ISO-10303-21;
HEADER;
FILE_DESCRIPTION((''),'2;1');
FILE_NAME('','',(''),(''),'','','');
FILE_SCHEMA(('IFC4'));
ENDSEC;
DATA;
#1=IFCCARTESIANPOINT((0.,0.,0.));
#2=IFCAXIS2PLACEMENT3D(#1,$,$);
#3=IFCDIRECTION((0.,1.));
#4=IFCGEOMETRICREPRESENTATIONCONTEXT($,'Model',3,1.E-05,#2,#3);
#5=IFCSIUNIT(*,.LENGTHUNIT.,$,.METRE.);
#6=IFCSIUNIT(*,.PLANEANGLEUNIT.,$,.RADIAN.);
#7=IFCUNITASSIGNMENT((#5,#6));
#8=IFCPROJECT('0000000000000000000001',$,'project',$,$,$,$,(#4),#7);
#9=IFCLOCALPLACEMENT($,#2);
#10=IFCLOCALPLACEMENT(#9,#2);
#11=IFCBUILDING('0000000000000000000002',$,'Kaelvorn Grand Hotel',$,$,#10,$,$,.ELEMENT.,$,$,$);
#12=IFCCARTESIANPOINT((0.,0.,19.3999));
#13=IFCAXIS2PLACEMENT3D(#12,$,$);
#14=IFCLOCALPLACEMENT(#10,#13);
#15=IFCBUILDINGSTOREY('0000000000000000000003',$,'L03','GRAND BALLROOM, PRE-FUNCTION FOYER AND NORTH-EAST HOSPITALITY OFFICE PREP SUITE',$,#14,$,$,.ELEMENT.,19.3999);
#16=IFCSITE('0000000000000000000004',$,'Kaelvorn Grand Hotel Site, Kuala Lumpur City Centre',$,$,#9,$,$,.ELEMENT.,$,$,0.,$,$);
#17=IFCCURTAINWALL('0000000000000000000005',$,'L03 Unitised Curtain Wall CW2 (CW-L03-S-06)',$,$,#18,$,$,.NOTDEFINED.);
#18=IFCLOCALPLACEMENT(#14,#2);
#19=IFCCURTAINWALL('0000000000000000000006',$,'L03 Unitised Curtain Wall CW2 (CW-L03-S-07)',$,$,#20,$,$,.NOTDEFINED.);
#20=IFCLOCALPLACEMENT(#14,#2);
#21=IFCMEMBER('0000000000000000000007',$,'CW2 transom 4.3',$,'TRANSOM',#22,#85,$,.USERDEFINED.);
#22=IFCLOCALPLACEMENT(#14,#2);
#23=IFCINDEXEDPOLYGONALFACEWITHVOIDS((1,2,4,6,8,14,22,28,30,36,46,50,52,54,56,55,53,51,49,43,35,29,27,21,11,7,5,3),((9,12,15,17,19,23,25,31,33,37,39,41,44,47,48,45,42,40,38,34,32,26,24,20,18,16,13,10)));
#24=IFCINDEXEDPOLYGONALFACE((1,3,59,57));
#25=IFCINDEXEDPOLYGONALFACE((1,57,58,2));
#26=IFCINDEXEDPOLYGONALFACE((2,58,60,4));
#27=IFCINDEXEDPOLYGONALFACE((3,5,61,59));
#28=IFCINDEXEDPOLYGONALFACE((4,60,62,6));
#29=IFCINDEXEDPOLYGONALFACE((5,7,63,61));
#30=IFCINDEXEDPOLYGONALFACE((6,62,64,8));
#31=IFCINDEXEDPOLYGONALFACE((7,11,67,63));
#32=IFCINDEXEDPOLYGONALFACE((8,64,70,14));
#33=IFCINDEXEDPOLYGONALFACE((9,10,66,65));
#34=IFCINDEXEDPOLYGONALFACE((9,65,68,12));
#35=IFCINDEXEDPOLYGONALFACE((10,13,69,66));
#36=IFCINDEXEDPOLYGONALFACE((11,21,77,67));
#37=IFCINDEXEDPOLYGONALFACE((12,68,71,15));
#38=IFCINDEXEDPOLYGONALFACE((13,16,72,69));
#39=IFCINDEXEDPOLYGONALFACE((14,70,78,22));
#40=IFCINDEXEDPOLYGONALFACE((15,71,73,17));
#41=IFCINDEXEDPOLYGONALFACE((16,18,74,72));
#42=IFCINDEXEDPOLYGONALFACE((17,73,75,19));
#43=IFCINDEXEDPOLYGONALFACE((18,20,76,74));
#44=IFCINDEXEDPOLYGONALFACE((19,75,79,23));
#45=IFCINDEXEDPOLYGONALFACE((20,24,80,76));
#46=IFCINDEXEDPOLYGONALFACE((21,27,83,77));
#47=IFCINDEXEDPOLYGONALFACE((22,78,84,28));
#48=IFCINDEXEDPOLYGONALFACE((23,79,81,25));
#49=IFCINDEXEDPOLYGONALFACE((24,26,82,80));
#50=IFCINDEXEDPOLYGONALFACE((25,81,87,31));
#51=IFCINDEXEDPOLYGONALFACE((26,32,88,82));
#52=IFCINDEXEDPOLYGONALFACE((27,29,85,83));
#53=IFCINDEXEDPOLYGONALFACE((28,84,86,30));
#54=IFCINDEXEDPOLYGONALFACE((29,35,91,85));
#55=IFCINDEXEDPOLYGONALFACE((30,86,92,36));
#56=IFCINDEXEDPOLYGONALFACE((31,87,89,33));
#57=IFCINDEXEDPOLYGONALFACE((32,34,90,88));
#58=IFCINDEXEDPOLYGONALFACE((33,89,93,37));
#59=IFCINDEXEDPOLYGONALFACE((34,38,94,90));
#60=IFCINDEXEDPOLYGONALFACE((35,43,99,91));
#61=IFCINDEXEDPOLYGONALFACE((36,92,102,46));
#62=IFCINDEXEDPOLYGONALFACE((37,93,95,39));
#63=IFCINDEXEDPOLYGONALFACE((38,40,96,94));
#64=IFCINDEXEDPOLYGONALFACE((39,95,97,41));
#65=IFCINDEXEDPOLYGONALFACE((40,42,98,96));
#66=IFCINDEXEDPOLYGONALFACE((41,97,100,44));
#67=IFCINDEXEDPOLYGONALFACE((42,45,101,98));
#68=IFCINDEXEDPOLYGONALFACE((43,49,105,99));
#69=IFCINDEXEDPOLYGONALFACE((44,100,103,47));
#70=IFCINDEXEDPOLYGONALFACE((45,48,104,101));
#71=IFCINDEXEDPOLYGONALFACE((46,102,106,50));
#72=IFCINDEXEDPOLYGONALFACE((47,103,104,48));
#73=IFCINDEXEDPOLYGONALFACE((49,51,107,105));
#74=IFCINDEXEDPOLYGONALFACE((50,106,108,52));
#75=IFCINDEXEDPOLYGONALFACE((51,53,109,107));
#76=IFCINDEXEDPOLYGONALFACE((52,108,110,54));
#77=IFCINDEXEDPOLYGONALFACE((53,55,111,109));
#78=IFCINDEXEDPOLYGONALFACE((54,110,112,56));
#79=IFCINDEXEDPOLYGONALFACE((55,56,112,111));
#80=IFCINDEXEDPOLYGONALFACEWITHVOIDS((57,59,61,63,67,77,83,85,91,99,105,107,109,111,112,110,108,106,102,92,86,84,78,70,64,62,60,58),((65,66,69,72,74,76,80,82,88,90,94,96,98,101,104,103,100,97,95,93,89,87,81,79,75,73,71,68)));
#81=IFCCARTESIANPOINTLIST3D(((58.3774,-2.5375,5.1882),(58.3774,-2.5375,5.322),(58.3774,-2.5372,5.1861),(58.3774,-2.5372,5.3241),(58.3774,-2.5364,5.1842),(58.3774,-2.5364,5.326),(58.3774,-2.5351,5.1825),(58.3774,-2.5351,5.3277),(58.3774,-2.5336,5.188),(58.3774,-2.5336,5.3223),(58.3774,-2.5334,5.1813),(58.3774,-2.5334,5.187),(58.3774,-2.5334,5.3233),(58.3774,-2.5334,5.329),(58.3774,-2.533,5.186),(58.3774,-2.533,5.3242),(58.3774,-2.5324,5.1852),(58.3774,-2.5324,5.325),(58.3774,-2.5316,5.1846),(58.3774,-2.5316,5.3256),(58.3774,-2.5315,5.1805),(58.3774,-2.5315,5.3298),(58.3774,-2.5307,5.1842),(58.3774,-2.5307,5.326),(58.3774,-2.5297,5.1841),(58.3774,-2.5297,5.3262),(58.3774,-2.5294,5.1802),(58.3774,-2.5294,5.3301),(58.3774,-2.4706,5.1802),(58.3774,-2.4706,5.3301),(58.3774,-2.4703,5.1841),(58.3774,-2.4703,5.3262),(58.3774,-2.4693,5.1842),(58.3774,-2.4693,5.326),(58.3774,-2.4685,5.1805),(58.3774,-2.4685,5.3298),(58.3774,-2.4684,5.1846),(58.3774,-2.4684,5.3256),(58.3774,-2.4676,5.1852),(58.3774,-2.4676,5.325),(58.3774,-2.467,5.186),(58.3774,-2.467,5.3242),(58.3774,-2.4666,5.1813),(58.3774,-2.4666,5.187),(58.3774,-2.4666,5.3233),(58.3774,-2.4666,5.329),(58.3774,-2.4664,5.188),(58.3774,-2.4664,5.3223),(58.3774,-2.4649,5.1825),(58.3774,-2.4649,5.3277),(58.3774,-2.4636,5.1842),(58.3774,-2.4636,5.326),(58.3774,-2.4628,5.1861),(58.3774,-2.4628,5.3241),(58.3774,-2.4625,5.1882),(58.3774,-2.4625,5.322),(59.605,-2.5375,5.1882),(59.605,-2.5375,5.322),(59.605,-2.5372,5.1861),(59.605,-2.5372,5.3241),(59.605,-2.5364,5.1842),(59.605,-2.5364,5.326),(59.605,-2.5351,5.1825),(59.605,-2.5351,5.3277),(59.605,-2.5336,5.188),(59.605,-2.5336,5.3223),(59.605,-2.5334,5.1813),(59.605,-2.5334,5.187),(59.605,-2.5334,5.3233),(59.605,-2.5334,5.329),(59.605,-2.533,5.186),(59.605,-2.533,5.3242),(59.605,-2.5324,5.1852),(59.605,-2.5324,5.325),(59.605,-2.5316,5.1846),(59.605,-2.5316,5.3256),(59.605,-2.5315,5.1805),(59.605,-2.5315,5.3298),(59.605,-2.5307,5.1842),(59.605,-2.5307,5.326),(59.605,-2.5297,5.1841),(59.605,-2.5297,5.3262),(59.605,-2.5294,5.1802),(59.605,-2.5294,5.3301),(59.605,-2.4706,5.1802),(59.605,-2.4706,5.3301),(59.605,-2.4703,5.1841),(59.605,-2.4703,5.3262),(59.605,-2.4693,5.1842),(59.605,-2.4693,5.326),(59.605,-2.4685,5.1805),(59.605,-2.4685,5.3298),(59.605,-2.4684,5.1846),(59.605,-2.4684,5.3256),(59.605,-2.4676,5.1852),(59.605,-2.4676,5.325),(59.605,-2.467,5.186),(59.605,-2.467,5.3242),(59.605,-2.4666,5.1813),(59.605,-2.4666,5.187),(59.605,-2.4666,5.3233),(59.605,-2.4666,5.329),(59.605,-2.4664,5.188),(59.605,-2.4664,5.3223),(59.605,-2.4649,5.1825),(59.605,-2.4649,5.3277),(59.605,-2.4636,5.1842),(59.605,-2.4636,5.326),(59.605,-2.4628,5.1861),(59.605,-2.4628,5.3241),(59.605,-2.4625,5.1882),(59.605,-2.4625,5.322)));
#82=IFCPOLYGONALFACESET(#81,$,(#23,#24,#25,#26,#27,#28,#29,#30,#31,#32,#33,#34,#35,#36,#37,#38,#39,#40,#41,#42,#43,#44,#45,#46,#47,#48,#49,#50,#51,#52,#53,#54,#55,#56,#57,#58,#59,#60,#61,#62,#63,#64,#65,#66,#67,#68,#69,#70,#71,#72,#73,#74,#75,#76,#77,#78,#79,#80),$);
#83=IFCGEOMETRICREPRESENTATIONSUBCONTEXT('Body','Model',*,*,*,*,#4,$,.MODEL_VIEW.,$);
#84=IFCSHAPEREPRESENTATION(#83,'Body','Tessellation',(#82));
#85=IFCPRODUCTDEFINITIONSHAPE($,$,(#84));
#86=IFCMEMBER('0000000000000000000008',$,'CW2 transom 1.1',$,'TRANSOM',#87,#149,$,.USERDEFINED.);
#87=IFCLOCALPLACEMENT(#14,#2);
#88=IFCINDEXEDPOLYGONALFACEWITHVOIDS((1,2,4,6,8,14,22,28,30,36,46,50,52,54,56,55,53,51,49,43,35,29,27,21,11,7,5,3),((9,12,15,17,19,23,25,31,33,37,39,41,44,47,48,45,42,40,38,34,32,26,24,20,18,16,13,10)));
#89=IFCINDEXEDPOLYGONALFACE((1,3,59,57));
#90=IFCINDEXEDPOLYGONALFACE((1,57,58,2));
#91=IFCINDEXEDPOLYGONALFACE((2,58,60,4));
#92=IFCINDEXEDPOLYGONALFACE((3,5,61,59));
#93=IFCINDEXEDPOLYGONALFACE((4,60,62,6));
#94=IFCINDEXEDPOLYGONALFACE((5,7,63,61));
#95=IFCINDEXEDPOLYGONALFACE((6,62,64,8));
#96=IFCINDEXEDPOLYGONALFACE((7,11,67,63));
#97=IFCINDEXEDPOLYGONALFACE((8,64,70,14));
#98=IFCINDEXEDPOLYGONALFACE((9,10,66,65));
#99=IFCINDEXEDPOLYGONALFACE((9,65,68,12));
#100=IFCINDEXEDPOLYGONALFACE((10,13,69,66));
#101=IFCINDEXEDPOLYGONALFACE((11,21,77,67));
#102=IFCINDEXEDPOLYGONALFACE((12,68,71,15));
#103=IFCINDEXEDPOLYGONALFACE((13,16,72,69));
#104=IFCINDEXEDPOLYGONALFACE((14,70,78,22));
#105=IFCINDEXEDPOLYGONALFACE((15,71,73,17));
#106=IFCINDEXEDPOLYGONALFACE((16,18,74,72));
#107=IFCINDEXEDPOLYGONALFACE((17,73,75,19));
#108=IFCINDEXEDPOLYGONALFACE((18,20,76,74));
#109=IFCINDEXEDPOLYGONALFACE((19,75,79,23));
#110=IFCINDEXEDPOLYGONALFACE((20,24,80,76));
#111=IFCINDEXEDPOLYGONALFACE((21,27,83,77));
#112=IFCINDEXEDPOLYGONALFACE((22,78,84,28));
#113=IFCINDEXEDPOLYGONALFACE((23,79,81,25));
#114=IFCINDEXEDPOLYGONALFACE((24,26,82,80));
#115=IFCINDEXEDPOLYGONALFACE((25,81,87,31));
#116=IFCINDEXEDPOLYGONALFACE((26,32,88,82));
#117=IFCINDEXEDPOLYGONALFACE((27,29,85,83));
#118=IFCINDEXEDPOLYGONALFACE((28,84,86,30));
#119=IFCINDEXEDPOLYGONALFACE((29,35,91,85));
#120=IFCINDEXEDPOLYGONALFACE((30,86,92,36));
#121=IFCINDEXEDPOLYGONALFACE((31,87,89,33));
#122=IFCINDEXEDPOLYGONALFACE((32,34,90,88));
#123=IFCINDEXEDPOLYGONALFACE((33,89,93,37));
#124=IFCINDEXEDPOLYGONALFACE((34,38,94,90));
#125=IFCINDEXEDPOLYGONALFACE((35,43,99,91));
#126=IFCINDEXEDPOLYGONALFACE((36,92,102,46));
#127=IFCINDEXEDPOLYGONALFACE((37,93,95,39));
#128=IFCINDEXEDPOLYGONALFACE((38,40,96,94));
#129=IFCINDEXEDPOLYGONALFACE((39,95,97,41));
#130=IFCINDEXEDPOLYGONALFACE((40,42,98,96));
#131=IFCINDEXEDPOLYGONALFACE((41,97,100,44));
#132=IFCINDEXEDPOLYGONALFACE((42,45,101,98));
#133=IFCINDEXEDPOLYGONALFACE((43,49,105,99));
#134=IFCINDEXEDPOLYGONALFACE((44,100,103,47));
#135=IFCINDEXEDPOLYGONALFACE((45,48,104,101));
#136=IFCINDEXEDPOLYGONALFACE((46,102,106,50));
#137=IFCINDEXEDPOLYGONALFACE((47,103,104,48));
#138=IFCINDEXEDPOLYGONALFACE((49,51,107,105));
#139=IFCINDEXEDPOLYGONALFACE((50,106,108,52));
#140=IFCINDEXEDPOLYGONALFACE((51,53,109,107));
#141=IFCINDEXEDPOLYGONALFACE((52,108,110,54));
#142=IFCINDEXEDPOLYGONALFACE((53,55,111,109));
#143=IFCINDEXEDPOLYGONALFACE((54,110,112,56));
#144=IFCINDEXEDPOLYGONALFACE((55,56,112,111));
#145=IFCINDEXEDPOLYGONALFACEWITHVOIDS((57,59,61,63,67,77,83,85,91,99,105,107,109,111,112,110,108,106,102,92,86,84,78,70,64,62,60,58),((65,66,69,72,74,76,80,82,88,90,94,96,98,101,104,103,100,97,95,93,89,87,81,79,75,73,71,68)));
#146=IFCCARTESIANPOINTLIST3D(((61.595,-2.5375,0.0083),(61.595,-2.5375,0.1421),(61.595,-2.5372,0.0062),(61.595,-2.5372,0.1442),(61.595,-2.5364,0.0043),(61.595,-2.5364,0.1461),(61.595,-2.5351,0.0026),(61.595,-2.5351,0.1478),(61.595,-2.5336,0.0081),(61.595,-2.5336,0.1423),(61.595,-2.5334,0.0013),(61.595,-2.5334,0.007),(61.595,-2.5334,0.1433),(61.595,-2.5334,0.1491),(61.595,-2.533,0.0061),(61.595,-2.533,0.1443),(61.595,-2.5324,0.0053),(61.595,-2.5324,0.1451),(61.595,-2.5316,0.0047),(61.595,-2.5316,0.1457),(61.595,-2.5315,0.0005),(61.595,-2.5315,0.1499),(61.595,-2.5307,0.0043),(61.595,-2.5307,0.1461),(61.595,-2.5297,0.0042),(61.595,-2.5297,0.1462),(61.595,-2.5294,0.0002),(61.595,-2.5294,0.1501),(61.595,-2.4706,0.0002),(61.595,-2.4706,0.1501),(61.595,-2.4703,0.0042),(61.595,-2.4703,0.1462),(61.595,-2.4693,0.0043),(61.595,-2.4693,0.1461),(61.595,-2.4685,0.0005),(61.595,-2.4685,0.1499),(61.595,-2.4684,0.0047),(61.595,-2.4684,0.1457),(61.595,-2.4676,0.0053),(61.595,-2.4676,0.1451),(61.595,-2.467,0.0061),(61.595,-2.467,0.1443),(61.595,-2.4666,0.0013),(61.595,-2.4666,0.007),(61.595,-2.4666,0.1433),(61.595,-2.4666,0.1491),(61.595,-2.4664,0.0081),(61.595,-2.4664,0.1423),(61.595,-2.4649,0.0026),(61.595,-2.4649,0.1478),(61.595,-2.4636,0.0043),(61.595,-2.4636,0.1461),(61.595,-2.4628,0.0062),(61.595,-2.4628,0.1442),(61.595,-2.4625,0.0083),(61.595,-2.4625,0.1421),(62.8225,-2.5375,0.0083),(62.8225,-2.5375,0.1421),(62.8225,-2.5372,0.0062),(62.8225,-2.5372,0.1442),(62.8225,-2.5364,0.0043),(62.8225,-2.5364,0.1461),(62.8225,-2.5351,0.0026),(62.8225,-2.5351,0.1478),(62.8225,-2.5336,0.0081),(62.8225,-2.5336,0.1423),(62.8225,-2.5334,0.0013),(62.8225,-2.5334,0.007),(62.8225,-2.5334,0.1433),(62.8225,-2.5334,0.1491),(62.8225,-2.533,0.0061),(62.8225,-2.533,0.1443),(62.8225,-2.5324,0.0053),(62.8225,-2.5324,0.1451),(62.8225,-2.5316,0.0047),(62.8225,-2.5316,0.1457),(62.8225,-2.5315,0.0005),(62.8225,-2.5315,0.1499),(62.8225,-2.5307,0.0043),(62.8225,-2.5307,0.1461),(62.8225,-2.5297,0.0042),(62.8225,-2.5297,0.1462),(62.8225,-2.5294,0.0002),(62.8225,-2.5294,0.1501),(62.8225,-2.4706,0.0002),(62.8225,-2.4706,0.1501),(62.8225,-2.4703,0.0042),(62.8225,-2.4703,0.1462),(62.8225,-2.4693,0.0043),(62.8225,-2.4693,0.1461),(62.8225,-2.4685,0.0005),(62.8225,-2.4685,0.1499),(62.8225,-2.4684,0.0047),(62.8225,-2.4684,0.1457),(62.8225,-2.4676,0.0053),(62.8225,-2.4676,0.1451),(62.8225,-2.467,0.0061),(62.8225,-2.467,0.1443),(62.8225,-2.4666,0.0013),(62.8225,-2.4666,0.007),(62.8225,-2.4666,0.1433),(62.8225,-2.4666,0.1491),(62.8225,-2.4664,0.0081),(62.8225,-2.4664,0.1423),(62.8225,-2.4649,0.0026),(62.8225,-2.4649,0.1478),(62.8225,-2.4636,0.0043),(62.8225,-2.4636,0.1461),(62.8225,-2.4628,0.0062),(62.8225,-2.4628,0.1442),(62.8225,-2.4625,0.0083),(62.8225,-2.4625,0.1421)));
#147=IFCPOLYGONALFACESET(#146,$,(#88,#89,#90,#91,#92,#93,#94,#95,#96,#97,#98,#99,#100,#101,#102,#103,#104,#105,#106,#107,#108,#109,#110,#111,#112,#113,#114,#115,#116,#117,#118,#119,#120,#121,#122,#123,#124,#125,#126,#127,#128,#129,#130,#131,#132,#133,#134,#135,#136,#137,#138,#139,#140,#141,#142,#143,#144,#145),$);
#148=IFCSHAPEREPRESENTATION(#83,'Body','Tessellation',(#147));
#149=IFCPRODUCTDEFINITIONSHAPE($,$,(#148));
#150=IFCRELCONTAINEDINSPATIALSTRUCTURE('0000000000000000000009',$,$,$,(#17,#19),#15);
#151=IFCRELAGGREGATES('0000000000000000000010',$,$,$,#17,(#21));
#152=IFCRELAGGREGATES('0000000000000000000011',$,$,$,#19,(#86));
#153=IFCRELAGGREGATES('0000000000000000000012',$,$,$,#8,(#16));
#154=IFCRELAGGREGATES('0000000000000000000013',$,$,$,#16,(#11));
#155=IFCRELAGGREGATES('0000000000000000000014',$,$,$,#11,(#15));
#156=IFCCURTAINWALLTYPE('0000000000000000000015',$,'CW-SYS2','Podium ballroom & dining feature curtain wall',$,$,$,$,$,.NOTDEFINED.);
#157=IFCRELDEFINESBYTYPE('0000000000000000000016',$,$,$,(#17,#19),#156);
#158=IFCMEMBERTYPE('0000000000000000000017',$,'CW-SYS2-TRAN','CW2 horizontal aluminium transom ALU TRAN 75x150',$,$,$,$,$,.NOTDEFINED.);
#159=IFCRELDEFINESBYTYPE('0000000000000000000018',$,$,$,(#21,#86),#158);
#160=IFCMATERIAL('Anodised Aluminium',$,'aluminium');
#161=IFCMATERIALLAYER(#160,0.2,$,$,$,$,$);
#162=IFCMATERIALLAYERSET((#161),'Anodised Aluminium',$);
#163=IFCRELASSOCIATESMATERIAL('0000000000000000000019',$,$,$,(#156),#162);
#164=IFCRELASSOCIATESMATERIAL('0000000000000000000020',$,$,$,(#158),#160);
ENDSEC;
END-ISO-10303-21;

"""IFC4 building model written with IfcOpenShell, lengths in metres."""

from ifc_helpers import new_model, si_unit, direction, frame, origin, origin_2d, place, context, subcontext, project, spatial, hollow_rectangle, extrude, material, layer, layer_set, material_profile, profile_set, type_object, element, aggregate, save


model = new_model("IFC4")

# Units and contexts
model_context = context("Model", 3, precision=1e-05, world=origin(), true_north=direction((0.0, 1.0)))
body_context = subcontext(model_context, "Body", "Model", "MODEL_VIEW")
ifc_project = project(units=[si_unit("LENGTHUNIT", "METRE"), si_unit("PLANEANGLEUNIT", "RADIAN")], contexts=[model_context])

# Site, building, storey
site_placement = place(None, origin())
site = spatial("IfcSite", under=ifc_project, at=site_placement, Name="Kaelvorn Grand Hotel Site, Kuala Lumpur City Centre", CompositionType="ELEMENT", RefElevation=0.0)
building_placement = place(site_placement, origin())
building = spatial("IfcBuilding", under=site, at=building_placement, Name="Kaelvorn Grand Hotel", CompositionType="ELEMENT")
storey_placement = place(building_placement, frame((0.0, 0.0, 19.3999)))
storey = spatial("IfcBuildingStorey", under=building, at=storey_placement, Name="L03", Description="GRAND BALLROOM, PRE-FUNCTION FOYER AND NORTH-EAST HOSPITALITY OFFICE PREP SUITE", CompositionType="ELEMENT", Elevation=19.3999)

# Curtain wall
ifc_material_1 = material(Name="Anodised Aluminium", Category="aluminium")
ifc_layer_1 = layer(ifc_material_1, 0.2)
ifc_layer_set_1 = layer_set([ifc_layer_1], Name="Anodised Aluminium")
curtain_wall_type = type_object("IfcCurtainWallType", Name="CW-SYS2", Description="Podium ballroom & dining feature curtain wall", PredefinedType="NOTDEFINED", material=ifc_layer_set_1)
curtain_wall_1_placement = place(storey_placement, origin())
curtain_wall_1 = element("IfcCurtainWall", 1, at=curtain_wall_1_placement, inside=storey, type_object=curtain_wall_type, Name="L03 Unitised Curtain Wall CW2 (CW-L03-S-06)", PredefinedType="NOTDEFINED")

# Curtain wall
curtain_wall_2_placement = place(storey_placement, origin())
curtain_wall_2 = element("IfcCurtainWall", 2, at=curtain_wall_2_placement, inside=storey, type_object=curtain_wall_type, Name="L03 Unitised Curtain Wall CW2 (CW-L03-S-07)", PredefinedType="NOTDEFINED")

# Members
ifc_material_profile_1 = material_profile(ifc_material_1, hollow_rectangle(XDim=0.075, YDim=0.1499, WallThickness=0.0039, InnerFilletRadius=0.0039, OuterFilletRadius=0.0081, at=origin_2d()), Name="ALU TRAN 75x150")
ifc_profile_set_1 = profile_set([ifc_material_profile_1], Name="Anodised Aluminium")
member_type_1 = type_object("IfcMemberType", Name="CW-SYS2-TRAN", Description="CW2 horizontal aluminium transom ALU TRAN 75x150", PredefinedType="NOTDEFINED", material=ifc_profile_set_1)
member_1_placement = place(storey_placement, frame((58.3774, -2.5, 5.2551), z_axis=(1.0, 0.0, 0.0), x_axis=(0.0, 1.0, 0.0)))
member_1 = element("IfcMember", 3, at=member_1_placement, type_object=member_type_1, Name="CW2 transom 4.3", ObjectType="TRANSOM", PredefinedType="USERDEFINED", context=body_context, shape_type="SweptSolid", body=[
    extrude(hollow_rectangle(XDim=0.075, YDim=0.1499, WallThickness=0.0039, InnerFilletRadius=0.0039, OuterFilletRadius=0.0081, at=origin_2d()), origin(), (0.0, 0.0, 1.0), 1.2275),
])
member_2_placement = place(storey_placement, frame((61.595, -2.5, 0.0752), z_axis=(1.0, 0.0, 0.0), x_axis=(0.0, 1.0, 0.0)))
member_2 = element("IfcMember", 4, at=member_2_placement, type_object=member_type_1, Name="CW2 transom 1.1", ObjectType="TRANSOM", PredefinedType="USERDEFINED", context=body_context, shape_type="SweptSolid", body=[
    extrude(hollow_rectangle(XDim=0.075, YDim=0.1499, WallThickness=0.0039, InnerFilletRadius=0.0039, OuterFilletRadius=0.0081, at=origin_2d()), origin(), (0.0, 0.0, 1.0), 1.2275),
])

aggregate(curtain_wall_1, [member_1])
aggregate(curtain_wall_2, [member_2])

save(model, "model.ifc")
